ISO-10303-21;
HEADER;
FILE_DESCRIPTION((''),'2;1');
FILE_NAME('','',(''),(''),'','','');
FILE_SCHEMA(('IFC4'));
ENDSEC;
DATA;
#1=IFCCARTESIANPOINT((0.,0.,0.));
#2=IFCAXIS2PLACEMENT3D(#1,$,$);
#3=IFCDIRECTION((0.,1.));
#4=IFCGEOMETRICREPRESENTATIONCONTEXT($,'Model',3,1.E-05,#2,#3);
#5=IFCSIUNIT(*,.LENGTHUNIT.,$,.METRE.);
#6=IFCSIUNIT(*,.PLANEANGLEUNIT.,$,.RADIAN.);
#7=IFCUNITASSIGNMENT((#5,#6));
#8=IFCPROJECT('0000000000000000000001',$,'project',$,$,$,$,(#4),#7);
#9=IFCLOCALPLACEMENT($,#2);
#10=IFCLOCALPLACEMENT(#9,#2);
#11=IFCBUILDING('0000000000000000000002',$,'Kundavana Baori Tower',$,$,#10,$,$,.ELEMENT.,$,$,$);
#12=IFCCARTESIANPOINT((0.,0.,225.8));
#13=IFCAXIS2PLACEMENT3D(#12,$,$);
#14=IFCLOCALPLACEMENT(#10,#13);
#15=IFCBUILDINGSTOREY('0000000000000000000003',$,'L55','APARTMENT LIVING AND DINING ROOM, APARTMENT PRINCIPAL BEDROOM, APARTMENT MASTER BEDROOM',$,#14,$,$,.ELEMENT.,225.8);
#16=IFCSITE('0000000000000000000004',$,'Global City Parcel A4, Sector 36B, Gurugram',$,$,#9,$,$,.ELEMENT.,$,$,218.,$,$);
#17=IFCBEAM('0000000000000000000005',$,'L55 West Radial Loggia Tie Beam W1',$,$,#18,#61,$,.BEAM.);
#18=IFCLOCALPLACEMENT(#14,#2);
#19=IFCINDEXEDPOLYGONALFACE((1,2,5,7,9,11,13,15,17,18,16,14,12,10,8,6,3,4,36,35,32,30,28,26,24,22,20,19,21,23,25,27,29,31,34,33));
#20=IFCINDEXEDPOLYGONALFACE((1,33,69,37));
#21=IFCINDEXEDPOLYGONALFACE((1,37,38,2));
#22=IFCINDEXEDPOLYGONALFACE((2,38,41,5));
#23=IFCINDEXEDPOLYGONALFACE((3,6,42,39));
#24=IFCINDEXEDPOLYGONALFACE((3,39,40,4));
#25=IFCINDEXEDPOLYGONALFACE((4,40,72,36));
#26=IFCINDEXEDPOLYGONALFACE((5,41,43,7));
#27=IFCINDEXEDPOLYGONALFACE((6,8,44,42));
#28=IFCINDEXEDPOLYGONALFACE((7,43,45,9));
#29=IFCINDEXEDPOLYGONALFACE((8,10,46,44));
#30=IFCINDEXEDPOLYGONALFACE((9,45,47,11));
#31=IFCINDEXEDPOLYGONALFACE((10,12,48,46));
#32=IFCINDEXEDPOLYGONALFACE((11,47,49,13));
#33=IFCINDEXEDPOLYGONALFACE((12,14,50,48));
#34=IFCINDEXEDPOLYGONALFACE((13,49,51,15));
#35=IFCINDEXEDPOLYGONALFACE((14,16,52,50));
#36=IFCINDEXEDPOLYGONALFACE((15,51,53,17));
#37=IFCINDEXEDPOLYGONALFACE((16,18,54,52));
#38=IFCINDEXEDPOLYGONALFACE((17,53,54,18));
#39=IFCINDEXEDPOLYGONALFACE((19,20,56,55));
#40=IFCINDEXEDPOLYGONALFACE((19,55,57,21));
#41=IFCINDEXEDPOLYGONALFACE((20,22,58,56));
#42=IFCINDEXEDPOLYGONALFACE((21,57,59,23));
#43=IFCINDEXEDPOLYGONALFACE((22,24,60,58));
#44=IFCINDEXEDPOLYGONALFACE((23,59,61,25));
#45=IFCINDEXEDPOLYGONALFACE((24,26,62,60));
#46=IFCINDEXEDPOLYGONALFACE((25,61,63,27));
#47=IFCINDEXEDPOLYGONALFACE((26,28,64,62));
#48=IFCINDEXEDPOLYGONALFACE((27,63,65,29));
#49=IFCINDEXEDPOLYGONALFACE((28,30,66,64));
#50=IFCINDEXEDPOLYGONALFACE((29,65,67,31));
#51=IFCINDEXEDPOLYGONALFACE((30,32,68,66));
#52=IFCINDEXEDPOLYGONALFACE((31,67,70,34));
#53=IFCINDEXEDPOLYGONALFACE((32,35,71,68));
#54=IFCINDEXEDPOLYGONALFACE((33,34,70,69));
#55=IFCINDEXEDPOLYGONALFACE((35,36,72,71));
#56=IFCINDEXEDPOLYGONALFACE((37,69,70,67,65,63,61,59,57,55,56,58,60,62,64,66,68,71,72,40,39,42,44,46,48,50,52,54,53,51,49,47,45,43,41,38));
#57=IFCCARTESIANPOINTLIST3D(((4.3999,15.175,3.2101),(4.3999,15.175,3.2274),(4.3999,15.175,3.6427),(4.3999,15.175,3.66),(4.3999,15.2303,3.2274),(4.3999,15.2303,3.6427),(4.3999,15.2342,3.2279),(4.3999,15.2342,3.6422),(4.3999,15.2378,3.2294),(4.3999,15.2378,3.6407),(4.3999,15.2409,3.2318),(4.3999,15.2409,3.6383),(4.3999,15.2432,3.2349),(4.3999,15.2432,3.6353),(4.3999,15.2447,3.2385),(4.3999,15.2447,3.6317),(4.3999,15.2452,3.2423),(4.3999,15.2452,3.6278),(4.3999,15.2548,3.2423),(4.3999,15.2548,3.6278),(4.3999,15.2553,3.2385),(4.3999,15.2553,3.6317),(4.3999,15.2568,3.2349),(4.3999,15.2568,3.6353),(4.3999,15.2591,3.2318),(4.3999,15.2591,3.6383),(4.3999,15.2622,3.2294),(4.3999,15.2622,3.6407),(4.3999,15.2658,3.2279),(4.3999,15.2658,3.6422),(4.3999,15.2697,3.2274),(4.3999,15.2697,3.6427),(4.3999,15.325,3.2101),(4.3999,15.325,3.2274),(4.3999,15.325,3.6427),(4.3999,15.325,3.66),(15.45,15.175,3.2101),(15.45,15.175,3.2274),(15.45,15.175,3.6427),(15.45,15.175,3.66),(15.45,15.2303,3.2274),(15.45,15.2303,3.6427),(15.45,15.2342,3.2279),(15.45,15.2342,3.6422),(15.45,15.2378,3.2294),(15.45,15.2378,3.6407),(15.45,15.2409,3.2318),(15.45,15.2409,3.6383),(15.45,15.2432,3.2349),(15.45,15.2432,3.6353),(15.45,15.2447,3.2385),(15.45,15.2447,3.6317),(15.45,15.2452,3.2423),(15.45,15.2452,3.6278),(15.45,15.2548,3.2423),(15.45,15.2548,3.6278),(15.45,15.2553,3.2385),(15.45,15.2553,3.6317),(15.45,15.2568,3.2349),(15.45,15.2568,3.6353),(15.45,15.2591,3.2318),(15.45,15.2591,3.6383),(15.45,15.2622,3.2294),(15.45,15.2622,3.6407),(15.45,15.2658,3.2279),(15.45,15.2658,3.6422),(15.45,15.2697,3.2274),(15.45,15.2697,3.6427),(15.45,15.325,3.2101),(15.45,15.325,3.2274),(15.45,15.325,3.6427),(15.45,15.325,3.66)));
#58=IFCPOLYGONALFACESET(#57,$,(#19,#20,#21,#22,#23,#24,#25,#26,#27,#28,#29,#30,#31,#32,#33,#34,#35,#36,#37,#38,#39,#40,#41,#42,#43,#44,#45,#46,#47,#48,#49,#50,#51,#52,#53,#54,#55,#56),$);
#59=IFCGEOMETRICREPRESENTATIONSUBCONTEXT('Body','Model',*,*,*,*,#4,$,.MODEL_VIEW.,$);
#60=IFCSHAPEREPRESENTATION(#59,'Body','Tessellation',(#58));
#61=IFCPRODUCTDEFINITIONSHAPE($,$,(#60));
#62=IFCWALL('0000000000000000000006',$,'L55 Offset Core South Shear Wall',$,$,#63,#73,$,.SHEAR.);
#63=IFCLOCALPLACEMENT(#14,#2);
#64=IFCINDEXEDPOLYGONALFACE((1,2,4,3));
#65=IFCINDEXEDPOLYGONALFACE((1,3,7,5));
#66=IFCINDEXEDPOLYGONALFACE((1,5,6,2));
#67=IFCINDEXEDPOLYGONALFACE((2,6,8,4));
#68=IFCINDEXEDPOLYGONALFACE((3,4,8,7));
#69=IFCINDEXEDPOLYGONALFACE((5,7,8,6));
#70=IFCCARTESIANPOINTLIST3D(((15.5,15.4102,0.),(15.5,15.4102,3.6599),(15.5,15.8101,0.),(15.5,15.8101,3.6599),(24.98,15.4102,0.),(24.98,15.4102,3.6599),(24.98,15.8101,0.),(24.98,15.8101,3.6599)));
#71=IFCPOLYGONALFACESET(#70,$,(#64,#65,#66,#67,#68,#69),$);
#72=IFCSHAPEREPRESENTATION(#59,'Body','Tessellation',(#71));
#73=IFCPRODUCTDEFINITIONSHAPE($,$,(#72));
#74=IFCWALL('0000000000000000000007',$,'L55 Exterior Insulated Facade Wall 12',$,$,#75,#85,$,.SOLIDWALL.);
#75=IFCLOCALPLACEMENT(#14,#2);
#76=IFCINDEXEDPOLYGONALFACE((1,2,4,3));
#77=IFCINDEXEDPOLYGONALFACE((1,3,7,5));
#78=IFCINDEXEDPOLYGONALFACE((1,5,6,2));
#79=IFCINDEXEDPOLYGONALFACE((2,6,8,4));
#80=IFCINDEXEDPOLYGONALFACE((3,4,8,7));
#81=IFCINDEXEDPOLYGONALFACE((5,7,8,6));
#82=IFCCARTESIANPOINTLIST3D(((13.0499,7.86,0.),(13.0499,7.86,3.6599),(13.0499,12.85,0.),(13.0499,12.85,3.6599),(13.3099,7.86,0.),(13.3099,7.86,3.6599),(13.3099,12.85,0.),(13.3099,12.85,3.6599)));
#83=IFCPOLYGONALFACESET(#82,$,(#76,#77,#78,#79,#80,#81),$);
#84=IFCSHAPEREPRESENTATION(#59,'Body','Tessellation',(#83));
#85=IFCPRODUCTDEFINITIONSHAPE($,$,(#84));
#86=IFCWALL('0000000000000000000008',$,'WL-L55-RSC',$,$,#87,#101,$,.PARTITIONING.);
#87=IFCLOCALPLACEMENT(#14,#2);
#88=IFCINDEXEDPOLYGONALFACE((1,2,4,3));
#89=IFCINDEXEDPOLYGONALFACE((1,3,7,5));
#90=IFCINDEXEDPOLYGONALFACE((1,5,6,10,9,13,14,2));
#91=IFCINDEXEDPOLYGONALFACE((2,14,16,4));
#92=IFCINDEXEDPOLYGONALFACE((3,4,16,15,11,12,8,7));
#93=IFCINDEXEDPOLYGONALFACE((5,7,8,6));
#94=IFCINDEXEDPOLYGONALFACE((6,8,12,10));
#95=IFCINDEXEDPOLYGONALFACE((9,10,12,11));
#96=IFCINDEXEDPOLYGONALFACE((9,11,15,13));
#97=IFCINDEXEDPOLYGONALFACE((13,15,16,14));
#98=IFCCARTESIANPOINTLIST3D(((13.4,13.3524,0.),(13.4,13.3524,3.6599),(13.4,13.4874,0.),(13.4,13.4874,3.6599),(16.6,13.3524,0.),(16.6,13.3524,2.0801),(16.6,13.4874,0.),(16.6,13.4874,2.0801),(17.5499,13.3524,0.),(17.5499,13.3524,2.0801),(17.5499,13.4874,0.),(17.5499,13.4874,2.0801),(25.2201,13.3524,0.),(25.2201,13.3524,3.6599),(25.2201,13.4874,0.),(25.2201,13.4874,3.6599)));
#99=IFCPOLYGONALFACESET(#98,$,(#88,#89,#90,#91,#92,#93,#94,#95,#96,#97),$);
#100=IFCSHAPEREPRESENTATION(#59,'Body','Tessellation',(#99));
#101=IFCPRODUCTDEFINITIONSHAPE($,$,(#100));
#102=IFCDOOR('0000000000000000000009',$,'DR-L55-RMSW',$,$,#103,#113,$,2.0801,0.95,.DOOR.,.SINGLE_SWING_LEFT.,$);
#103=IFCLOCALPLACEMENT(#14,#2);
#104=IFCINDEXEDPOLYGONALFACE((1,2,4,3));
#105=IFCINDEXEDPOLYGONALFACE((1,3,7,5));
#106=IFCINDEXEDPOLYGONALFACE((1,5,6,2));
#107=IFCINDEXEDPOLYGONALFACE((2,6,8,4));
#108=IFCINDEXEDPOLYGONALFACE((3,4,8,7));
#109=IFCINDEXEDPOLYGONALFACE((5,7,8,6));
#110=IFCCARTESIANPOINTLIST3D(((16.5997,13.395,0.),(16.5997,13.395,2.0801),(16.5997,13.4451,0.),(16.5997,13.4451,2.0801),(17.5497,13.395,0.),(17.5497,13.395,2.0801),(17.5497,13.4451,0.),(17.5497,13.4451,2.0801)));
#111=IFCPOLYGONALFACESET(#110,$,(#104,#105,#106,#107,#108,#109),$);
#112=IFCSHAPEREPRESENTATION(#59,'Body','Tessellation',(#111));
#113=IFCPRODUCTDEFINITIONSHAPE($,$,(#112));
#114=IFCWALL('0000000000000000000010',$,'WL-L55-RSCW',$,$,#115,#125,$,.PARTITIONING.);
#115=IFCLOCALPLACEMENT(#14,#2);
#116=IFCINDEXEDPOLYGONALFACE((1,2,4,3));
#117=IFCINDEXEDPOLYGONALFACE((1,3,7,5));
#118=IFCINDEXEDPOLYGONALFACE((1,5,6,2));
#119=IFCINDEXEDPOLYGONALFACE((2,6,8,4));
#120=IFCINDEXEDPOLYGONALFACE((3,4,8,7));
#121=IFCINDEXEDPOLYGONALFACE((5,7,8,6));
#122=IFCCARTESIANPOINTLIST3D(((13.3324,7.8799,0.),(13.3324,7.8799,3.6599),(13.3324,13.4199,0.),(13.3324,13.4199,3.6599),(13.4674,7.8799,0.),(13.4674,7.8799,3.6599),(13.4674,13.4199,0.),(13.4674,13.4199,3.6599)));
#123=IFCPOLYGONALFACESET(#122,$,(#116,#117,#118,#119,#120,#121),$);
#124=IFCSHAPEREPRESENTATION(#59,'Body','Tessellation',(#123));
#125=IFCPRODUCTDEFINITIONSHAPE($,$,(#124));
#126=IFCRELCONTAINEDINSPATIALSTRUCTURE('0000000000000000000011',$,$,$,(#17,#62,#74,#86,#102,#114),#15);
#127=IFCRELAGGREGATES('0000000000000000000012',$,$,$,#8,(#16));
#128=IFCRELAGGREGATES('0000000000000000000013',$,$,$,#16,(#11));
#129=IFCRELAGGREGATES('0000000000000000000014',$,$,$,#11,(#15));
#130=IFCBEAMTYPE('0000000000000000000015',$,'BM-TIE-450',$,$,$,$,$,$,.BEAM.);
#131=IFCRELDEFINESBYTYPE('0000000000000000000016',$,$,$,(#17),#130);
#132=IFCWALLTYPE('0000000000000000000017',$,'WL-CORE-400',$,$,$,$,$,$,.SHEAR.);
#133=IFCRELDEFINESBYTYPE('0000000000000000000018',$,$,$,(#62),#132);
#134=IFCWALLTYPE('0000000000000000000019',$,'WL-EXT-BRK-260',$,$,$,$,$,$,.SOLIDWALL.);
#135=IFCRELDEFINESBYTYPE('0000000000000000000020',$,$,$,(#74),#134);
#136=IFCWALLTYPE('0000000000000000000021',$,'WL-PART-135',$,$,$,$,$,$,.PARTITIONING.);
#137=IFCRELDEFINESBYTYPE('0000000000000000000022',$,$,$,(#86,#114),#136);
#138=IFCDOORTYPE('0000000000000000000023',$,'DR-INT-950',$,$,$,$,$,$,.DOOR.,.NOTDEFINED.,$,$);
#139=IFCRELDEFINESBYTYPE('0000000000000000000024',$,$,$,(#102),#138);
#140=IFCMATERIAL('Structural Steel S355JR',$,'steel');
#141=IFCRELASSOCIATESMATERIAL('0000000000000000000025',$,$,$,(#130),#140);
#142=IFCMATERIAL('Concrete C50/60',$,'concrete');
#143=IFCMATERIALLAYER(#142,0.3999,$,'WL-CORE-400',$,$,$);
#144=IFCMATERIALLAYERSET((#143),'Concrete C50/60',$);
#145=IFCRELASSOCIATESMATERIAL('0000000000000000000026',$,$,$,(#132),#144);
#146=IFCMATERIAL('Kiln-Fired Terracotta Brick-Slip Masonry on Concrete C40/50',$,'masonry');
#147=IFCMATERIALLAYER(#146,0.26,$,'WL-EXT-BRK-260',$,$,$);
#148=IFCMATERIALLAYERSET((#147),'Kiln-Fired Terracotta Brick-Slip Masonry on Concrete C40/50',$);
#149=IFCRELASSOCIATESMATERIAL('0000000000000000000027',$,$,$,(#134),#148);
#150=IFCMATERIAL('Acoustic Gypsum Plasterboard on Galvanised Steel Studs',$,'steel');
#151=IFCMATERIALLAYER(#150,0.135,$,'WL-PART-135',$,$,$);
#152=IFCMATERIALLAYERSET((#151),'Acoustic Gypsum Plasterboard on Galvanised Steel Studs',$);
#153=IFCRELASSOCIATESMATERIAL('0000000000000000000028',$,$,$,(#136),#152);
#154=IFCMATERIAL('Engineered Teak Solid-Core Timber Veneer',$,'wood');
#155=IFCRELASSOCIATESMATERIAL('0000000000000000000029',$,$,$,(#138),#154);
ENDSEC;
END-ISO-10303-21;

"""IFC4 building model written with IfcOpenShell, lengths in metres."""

from ifc_helpers import new_model, si_unit, direction, frame, frame_2d, origin, origin_2d, place, context, subcontext, project, spatial, rectangle, i_section, extrude, material, layer, layer_set, material_profile, profile_set, type_object, element, fill, save


model = new_model("IFC4")

# Units and contexts
model_context = context("Model", 3, precision=1e-05, world=origin(), true_north=direction((0.0, 1.0)))
body_context = subcontext(model_context, "Body", "Model", "MODEL_VIEW")
ifc_project = project(units=[si_unit("LENGTHUNIT", "METRE"), si_unit("PLANEANGLEUNIT", "RADIAN")], contexts=[model_context])

# Site, building, storey
site_placement = place(None, origin())
site = spatial("IfcSite", under=ifc_project, at=site_placement, Name="Global City Parcel A4, Sector 36B, Gurugram", CompositionType="ELEMENT", RefElevation=218.0)
building_placement = place(site_placement, origin())
building = spatial("IfcBuilding", under=site, at=building_placement, Name="Kundavana Baori Tower", CompositionType="ELEMENT")
storey_placement = place(building_placement, frame((0.0, 0.0, 225.8)))
storey = spatial("IfcBuildingStorey", under=building, at=storey_placement, Name="L55", Description="APARTMENT LIVING AND DINING ROOM, APARTMENT PRINCIPAL BEDROOM, APARTMENT MASTER BEDROOM", CompositionType="ELEMENT", Elevation=225.8)

# Beam
ifc_material_1 = material(Name="Structural Steel S355JR", Category="steel")
ifc_material_profile_1 = material_profile(ifc_material_1, i_section(OverallWidth=0.1499, OverallDepth=0.45, WebThickness=0.0095, FlangeThickness=0.0173, FilletRadius=0.0149, at=origin_2d()), Name="ISMB 450")
ifc_profile_set_1 = profile_set([ifc_material_profile_1], Name="Structural Steel S355JR")
beam_type_1 = type_object("IfcBeamType", Name="BM-TIE-450", PredefinedType="BEAM", material=ifc_profile_set_1)
for number, where, z_axis, x_axis, name in (
    (1, (15.45, 15.25, 3.4351), (-1.0, 0.0, 0.0), (0.0, -1.0, 0.0), "L55 West Radial Loggia Tie Beam W1"),
):
    element("IfcBeam", number, at=place(storey_placement, frame(where, z_axis=z_axis, x_axis=x_axis)), inside=storey, type_object=beam_type_1, Name=name, PredefinedType="BEAM", context=body_context, shape_type="SweptSolid", body=[
        extrude(i_section(OverallWidth=0.1499, OverallDepth=0.45, WebThickness=0.0095, FlangeThickness=0.0173, FilletRadius=0.0149, at=origin_2d()), origin(), (0.0, 0.0, 1.0), 11.05),
    ])

# Walls
ifc_material_2 = material(Name="Concrete C50/60", Category="concrete")
ifc_layer_1 = layer(ifc_material_2, 0.3999, Name="WL-CORE-400")
ifc_layer_set_1 = layer_set([ifc_layer_1], Name="Concrete C50/60")
wall_type_1 = type_object("IfcWallType", Name="WL-CORE-400", PredefinedType="SHEAR", material=ifc_layer_set_1)
wall_1_placement = place(storey_placement, frame((15.5, 15.6101, 0.0), z_axis=(0.0, 0.0, 1.0), x_axis=(1.0, 0.0, 0.0)))
element("IfcWall", 2, at=wall_1_placement, inside=storey, type_object=wall_type_1, Name="L55 Offset Core South Shear Wall", PredefinedType="SHEAR", context=body_context, shape_type="SweptSolid", body=[
    extrude(rectangle(XDim=9.48, YDim=0.3999, at=frame_2d((4.74, 0.0))), origin(), (0.0, 0.0, 1.0), 3.6599),
])
ifc_material_3 = material(Name="Kiln-Fired Terracotta Brick-Slip Masonry on Concrete C40/50", Category="masonry")
ifc_layer_2 = layer(ifc_material_3, 0.26, Name="WL-EXT-BRK-260")
ifc_layer_set_2 = layer_set([ifc_layer_2], Name="Kiln-Fired Terracotta Brick-Slip Masonry on Concrete C40/50")
wall_type_2 = type_object("IfcWallType", Name="WL-EXT-BRK-260", PredefinedType="SOLIDWALL", material=ifc_layer_set_2)
wall_2_placement = place(storey_placement, frame((13.1799, 12.8501, 0.0), z_axis=(0.0, 0.0, 1.0), x_axis=(0.0, -1.0, 0.0)))
element("IfcWall", 3, at=wall_2_placement, inside=storey, type_object=wall_type_2, Name="L55 Exterior Insulated Facade Wall 12", PredefinedType="SOLIDWALL", context=body_context, shape_type="SweptSolid", body=[
    extrude(rectangle(XDim=4.99, YDim=0.26, at=frame_2d((2.4951, 0.0))), origin(), (0.0, 0.0, 1.0), 3.6599),
])

# Wall, opening, door
ifc_material_4 = material(Name="Acoustic Gypsum Plasterboard on Galvanised Steel Studs", Category="steel")
ifc_layer_3 = layer(ifc_material_4, 0.135, Name="WL-PART-135")
ifc_layer_set_3 = layer_set([ifc_layer_3], Name="Acoustic Gypsum Plasterboard on Galvanised Steel Studs")
wall_type_3 = type_object("IfcWallType", Name="WL-PART-135", PredefinedType="PARTITIONING", material=ifc_layer_set_3)
wall_3_placement = place(storey_placement, frame((13.3999, 13.4199, 0.0), z_axis=(0.0, 0.0, 1.0), x_axis=(1.0, 0.0, 0.0)))
wall_3 = element("IfcWall", 4, at=wall_3_placement, inside=storey, type_object=wall_type_3, Name="WL-L55-RSC", PredefinedType="PARTITIONING", context=body_context, shape_type="SweptSolid", body=[
    extrude(rectangle(XDim=11.8201, YDim=0.135, at=frame_2d((5.9102, 0.0))), origin(), (0.0, 0.0, 1.0), 3.6599),
])
opening_1_placement = place(wall_3_placement, frame((3.2, 0.0, 0.0)))
opening_1 = element("IfcOpeningElement", 5, at=opening_1_placement, cuts=wall_3, PredefinedType="OPENING", context=body_context, shape_type="SweptSolid", body=[
    extrude(rectangle(XDim=0.95, YDim=2.0801, at=frame_2d((0.4751, 1.04))), frame((0.0, 0.0776, 0.0), z_axis=(0.0, -1.0, 0.0), x_axis=(1.0, 0.0, 0.0)), (0.0, 0.0, 1.0), 0.155),
])
ifc_material_5 = material(Name="Engineered Teak Solid-Core Timber Veneer", Category="wood")
door_type_1 = type_object("IfcDoorType", Name="DR-INT-950", OperationType="NOTDEFINED", PredefinedType="DOOR", material=ifc_material_5)
door_1_placement = place(opening_1_placement, frame((0.95, 0.0, 0.0), z_axis=(0.0, 0.0, 1.0), x_axis=(-1.0, 0.0, 0.0)))
door_1 = element("IfcDoor", 6, at=door_1_placement, inside=storey, type_object=door_type_1, Name="DR-L55-RMSW", OperationType="SINGLE_SWING_LEFT", OverallHeight=2.0801, OverallWidth=0.95, PredefinedType="DOOR", context=body_context, shape_type="SweptSolid", body=[
    extrude(rectangle(XDim=0.95, YDim=2.0801, at=frame_2d((0.4751, 1.04))), frame((0.0, 0.0249, 0.0), z_axis=(0.0, -1.0, 0.0), x_axis=(1.0, 0.0, 0.0)), (0.0, 0.0, 1.0), 0.05),
])
fill(opening_1, door_1)

# Wall
wall_4_placement = place(storey_placement, frame((13.3999, 7.8799, 0.0), z_axis=(0.0, 0.0, 1.0), x_axis=(0.0, 1.0, 0.0)))
element("IfcWall", 7, at=wall_4_placement, inside=storey, type_object=wall_type_3, Name="WL-L55-RSCW", PredefinedType="PARTITIONING", context=body_context, shape_type="SweptSolid", body=[
    extrude(rectangle(XDim=5.54, YDim=0.135, at=frame_2d((2.77, 0.0))), origin(), (0.0, 0.0, 1.0), 3.6599),
])

save(model, "model.ifc")
